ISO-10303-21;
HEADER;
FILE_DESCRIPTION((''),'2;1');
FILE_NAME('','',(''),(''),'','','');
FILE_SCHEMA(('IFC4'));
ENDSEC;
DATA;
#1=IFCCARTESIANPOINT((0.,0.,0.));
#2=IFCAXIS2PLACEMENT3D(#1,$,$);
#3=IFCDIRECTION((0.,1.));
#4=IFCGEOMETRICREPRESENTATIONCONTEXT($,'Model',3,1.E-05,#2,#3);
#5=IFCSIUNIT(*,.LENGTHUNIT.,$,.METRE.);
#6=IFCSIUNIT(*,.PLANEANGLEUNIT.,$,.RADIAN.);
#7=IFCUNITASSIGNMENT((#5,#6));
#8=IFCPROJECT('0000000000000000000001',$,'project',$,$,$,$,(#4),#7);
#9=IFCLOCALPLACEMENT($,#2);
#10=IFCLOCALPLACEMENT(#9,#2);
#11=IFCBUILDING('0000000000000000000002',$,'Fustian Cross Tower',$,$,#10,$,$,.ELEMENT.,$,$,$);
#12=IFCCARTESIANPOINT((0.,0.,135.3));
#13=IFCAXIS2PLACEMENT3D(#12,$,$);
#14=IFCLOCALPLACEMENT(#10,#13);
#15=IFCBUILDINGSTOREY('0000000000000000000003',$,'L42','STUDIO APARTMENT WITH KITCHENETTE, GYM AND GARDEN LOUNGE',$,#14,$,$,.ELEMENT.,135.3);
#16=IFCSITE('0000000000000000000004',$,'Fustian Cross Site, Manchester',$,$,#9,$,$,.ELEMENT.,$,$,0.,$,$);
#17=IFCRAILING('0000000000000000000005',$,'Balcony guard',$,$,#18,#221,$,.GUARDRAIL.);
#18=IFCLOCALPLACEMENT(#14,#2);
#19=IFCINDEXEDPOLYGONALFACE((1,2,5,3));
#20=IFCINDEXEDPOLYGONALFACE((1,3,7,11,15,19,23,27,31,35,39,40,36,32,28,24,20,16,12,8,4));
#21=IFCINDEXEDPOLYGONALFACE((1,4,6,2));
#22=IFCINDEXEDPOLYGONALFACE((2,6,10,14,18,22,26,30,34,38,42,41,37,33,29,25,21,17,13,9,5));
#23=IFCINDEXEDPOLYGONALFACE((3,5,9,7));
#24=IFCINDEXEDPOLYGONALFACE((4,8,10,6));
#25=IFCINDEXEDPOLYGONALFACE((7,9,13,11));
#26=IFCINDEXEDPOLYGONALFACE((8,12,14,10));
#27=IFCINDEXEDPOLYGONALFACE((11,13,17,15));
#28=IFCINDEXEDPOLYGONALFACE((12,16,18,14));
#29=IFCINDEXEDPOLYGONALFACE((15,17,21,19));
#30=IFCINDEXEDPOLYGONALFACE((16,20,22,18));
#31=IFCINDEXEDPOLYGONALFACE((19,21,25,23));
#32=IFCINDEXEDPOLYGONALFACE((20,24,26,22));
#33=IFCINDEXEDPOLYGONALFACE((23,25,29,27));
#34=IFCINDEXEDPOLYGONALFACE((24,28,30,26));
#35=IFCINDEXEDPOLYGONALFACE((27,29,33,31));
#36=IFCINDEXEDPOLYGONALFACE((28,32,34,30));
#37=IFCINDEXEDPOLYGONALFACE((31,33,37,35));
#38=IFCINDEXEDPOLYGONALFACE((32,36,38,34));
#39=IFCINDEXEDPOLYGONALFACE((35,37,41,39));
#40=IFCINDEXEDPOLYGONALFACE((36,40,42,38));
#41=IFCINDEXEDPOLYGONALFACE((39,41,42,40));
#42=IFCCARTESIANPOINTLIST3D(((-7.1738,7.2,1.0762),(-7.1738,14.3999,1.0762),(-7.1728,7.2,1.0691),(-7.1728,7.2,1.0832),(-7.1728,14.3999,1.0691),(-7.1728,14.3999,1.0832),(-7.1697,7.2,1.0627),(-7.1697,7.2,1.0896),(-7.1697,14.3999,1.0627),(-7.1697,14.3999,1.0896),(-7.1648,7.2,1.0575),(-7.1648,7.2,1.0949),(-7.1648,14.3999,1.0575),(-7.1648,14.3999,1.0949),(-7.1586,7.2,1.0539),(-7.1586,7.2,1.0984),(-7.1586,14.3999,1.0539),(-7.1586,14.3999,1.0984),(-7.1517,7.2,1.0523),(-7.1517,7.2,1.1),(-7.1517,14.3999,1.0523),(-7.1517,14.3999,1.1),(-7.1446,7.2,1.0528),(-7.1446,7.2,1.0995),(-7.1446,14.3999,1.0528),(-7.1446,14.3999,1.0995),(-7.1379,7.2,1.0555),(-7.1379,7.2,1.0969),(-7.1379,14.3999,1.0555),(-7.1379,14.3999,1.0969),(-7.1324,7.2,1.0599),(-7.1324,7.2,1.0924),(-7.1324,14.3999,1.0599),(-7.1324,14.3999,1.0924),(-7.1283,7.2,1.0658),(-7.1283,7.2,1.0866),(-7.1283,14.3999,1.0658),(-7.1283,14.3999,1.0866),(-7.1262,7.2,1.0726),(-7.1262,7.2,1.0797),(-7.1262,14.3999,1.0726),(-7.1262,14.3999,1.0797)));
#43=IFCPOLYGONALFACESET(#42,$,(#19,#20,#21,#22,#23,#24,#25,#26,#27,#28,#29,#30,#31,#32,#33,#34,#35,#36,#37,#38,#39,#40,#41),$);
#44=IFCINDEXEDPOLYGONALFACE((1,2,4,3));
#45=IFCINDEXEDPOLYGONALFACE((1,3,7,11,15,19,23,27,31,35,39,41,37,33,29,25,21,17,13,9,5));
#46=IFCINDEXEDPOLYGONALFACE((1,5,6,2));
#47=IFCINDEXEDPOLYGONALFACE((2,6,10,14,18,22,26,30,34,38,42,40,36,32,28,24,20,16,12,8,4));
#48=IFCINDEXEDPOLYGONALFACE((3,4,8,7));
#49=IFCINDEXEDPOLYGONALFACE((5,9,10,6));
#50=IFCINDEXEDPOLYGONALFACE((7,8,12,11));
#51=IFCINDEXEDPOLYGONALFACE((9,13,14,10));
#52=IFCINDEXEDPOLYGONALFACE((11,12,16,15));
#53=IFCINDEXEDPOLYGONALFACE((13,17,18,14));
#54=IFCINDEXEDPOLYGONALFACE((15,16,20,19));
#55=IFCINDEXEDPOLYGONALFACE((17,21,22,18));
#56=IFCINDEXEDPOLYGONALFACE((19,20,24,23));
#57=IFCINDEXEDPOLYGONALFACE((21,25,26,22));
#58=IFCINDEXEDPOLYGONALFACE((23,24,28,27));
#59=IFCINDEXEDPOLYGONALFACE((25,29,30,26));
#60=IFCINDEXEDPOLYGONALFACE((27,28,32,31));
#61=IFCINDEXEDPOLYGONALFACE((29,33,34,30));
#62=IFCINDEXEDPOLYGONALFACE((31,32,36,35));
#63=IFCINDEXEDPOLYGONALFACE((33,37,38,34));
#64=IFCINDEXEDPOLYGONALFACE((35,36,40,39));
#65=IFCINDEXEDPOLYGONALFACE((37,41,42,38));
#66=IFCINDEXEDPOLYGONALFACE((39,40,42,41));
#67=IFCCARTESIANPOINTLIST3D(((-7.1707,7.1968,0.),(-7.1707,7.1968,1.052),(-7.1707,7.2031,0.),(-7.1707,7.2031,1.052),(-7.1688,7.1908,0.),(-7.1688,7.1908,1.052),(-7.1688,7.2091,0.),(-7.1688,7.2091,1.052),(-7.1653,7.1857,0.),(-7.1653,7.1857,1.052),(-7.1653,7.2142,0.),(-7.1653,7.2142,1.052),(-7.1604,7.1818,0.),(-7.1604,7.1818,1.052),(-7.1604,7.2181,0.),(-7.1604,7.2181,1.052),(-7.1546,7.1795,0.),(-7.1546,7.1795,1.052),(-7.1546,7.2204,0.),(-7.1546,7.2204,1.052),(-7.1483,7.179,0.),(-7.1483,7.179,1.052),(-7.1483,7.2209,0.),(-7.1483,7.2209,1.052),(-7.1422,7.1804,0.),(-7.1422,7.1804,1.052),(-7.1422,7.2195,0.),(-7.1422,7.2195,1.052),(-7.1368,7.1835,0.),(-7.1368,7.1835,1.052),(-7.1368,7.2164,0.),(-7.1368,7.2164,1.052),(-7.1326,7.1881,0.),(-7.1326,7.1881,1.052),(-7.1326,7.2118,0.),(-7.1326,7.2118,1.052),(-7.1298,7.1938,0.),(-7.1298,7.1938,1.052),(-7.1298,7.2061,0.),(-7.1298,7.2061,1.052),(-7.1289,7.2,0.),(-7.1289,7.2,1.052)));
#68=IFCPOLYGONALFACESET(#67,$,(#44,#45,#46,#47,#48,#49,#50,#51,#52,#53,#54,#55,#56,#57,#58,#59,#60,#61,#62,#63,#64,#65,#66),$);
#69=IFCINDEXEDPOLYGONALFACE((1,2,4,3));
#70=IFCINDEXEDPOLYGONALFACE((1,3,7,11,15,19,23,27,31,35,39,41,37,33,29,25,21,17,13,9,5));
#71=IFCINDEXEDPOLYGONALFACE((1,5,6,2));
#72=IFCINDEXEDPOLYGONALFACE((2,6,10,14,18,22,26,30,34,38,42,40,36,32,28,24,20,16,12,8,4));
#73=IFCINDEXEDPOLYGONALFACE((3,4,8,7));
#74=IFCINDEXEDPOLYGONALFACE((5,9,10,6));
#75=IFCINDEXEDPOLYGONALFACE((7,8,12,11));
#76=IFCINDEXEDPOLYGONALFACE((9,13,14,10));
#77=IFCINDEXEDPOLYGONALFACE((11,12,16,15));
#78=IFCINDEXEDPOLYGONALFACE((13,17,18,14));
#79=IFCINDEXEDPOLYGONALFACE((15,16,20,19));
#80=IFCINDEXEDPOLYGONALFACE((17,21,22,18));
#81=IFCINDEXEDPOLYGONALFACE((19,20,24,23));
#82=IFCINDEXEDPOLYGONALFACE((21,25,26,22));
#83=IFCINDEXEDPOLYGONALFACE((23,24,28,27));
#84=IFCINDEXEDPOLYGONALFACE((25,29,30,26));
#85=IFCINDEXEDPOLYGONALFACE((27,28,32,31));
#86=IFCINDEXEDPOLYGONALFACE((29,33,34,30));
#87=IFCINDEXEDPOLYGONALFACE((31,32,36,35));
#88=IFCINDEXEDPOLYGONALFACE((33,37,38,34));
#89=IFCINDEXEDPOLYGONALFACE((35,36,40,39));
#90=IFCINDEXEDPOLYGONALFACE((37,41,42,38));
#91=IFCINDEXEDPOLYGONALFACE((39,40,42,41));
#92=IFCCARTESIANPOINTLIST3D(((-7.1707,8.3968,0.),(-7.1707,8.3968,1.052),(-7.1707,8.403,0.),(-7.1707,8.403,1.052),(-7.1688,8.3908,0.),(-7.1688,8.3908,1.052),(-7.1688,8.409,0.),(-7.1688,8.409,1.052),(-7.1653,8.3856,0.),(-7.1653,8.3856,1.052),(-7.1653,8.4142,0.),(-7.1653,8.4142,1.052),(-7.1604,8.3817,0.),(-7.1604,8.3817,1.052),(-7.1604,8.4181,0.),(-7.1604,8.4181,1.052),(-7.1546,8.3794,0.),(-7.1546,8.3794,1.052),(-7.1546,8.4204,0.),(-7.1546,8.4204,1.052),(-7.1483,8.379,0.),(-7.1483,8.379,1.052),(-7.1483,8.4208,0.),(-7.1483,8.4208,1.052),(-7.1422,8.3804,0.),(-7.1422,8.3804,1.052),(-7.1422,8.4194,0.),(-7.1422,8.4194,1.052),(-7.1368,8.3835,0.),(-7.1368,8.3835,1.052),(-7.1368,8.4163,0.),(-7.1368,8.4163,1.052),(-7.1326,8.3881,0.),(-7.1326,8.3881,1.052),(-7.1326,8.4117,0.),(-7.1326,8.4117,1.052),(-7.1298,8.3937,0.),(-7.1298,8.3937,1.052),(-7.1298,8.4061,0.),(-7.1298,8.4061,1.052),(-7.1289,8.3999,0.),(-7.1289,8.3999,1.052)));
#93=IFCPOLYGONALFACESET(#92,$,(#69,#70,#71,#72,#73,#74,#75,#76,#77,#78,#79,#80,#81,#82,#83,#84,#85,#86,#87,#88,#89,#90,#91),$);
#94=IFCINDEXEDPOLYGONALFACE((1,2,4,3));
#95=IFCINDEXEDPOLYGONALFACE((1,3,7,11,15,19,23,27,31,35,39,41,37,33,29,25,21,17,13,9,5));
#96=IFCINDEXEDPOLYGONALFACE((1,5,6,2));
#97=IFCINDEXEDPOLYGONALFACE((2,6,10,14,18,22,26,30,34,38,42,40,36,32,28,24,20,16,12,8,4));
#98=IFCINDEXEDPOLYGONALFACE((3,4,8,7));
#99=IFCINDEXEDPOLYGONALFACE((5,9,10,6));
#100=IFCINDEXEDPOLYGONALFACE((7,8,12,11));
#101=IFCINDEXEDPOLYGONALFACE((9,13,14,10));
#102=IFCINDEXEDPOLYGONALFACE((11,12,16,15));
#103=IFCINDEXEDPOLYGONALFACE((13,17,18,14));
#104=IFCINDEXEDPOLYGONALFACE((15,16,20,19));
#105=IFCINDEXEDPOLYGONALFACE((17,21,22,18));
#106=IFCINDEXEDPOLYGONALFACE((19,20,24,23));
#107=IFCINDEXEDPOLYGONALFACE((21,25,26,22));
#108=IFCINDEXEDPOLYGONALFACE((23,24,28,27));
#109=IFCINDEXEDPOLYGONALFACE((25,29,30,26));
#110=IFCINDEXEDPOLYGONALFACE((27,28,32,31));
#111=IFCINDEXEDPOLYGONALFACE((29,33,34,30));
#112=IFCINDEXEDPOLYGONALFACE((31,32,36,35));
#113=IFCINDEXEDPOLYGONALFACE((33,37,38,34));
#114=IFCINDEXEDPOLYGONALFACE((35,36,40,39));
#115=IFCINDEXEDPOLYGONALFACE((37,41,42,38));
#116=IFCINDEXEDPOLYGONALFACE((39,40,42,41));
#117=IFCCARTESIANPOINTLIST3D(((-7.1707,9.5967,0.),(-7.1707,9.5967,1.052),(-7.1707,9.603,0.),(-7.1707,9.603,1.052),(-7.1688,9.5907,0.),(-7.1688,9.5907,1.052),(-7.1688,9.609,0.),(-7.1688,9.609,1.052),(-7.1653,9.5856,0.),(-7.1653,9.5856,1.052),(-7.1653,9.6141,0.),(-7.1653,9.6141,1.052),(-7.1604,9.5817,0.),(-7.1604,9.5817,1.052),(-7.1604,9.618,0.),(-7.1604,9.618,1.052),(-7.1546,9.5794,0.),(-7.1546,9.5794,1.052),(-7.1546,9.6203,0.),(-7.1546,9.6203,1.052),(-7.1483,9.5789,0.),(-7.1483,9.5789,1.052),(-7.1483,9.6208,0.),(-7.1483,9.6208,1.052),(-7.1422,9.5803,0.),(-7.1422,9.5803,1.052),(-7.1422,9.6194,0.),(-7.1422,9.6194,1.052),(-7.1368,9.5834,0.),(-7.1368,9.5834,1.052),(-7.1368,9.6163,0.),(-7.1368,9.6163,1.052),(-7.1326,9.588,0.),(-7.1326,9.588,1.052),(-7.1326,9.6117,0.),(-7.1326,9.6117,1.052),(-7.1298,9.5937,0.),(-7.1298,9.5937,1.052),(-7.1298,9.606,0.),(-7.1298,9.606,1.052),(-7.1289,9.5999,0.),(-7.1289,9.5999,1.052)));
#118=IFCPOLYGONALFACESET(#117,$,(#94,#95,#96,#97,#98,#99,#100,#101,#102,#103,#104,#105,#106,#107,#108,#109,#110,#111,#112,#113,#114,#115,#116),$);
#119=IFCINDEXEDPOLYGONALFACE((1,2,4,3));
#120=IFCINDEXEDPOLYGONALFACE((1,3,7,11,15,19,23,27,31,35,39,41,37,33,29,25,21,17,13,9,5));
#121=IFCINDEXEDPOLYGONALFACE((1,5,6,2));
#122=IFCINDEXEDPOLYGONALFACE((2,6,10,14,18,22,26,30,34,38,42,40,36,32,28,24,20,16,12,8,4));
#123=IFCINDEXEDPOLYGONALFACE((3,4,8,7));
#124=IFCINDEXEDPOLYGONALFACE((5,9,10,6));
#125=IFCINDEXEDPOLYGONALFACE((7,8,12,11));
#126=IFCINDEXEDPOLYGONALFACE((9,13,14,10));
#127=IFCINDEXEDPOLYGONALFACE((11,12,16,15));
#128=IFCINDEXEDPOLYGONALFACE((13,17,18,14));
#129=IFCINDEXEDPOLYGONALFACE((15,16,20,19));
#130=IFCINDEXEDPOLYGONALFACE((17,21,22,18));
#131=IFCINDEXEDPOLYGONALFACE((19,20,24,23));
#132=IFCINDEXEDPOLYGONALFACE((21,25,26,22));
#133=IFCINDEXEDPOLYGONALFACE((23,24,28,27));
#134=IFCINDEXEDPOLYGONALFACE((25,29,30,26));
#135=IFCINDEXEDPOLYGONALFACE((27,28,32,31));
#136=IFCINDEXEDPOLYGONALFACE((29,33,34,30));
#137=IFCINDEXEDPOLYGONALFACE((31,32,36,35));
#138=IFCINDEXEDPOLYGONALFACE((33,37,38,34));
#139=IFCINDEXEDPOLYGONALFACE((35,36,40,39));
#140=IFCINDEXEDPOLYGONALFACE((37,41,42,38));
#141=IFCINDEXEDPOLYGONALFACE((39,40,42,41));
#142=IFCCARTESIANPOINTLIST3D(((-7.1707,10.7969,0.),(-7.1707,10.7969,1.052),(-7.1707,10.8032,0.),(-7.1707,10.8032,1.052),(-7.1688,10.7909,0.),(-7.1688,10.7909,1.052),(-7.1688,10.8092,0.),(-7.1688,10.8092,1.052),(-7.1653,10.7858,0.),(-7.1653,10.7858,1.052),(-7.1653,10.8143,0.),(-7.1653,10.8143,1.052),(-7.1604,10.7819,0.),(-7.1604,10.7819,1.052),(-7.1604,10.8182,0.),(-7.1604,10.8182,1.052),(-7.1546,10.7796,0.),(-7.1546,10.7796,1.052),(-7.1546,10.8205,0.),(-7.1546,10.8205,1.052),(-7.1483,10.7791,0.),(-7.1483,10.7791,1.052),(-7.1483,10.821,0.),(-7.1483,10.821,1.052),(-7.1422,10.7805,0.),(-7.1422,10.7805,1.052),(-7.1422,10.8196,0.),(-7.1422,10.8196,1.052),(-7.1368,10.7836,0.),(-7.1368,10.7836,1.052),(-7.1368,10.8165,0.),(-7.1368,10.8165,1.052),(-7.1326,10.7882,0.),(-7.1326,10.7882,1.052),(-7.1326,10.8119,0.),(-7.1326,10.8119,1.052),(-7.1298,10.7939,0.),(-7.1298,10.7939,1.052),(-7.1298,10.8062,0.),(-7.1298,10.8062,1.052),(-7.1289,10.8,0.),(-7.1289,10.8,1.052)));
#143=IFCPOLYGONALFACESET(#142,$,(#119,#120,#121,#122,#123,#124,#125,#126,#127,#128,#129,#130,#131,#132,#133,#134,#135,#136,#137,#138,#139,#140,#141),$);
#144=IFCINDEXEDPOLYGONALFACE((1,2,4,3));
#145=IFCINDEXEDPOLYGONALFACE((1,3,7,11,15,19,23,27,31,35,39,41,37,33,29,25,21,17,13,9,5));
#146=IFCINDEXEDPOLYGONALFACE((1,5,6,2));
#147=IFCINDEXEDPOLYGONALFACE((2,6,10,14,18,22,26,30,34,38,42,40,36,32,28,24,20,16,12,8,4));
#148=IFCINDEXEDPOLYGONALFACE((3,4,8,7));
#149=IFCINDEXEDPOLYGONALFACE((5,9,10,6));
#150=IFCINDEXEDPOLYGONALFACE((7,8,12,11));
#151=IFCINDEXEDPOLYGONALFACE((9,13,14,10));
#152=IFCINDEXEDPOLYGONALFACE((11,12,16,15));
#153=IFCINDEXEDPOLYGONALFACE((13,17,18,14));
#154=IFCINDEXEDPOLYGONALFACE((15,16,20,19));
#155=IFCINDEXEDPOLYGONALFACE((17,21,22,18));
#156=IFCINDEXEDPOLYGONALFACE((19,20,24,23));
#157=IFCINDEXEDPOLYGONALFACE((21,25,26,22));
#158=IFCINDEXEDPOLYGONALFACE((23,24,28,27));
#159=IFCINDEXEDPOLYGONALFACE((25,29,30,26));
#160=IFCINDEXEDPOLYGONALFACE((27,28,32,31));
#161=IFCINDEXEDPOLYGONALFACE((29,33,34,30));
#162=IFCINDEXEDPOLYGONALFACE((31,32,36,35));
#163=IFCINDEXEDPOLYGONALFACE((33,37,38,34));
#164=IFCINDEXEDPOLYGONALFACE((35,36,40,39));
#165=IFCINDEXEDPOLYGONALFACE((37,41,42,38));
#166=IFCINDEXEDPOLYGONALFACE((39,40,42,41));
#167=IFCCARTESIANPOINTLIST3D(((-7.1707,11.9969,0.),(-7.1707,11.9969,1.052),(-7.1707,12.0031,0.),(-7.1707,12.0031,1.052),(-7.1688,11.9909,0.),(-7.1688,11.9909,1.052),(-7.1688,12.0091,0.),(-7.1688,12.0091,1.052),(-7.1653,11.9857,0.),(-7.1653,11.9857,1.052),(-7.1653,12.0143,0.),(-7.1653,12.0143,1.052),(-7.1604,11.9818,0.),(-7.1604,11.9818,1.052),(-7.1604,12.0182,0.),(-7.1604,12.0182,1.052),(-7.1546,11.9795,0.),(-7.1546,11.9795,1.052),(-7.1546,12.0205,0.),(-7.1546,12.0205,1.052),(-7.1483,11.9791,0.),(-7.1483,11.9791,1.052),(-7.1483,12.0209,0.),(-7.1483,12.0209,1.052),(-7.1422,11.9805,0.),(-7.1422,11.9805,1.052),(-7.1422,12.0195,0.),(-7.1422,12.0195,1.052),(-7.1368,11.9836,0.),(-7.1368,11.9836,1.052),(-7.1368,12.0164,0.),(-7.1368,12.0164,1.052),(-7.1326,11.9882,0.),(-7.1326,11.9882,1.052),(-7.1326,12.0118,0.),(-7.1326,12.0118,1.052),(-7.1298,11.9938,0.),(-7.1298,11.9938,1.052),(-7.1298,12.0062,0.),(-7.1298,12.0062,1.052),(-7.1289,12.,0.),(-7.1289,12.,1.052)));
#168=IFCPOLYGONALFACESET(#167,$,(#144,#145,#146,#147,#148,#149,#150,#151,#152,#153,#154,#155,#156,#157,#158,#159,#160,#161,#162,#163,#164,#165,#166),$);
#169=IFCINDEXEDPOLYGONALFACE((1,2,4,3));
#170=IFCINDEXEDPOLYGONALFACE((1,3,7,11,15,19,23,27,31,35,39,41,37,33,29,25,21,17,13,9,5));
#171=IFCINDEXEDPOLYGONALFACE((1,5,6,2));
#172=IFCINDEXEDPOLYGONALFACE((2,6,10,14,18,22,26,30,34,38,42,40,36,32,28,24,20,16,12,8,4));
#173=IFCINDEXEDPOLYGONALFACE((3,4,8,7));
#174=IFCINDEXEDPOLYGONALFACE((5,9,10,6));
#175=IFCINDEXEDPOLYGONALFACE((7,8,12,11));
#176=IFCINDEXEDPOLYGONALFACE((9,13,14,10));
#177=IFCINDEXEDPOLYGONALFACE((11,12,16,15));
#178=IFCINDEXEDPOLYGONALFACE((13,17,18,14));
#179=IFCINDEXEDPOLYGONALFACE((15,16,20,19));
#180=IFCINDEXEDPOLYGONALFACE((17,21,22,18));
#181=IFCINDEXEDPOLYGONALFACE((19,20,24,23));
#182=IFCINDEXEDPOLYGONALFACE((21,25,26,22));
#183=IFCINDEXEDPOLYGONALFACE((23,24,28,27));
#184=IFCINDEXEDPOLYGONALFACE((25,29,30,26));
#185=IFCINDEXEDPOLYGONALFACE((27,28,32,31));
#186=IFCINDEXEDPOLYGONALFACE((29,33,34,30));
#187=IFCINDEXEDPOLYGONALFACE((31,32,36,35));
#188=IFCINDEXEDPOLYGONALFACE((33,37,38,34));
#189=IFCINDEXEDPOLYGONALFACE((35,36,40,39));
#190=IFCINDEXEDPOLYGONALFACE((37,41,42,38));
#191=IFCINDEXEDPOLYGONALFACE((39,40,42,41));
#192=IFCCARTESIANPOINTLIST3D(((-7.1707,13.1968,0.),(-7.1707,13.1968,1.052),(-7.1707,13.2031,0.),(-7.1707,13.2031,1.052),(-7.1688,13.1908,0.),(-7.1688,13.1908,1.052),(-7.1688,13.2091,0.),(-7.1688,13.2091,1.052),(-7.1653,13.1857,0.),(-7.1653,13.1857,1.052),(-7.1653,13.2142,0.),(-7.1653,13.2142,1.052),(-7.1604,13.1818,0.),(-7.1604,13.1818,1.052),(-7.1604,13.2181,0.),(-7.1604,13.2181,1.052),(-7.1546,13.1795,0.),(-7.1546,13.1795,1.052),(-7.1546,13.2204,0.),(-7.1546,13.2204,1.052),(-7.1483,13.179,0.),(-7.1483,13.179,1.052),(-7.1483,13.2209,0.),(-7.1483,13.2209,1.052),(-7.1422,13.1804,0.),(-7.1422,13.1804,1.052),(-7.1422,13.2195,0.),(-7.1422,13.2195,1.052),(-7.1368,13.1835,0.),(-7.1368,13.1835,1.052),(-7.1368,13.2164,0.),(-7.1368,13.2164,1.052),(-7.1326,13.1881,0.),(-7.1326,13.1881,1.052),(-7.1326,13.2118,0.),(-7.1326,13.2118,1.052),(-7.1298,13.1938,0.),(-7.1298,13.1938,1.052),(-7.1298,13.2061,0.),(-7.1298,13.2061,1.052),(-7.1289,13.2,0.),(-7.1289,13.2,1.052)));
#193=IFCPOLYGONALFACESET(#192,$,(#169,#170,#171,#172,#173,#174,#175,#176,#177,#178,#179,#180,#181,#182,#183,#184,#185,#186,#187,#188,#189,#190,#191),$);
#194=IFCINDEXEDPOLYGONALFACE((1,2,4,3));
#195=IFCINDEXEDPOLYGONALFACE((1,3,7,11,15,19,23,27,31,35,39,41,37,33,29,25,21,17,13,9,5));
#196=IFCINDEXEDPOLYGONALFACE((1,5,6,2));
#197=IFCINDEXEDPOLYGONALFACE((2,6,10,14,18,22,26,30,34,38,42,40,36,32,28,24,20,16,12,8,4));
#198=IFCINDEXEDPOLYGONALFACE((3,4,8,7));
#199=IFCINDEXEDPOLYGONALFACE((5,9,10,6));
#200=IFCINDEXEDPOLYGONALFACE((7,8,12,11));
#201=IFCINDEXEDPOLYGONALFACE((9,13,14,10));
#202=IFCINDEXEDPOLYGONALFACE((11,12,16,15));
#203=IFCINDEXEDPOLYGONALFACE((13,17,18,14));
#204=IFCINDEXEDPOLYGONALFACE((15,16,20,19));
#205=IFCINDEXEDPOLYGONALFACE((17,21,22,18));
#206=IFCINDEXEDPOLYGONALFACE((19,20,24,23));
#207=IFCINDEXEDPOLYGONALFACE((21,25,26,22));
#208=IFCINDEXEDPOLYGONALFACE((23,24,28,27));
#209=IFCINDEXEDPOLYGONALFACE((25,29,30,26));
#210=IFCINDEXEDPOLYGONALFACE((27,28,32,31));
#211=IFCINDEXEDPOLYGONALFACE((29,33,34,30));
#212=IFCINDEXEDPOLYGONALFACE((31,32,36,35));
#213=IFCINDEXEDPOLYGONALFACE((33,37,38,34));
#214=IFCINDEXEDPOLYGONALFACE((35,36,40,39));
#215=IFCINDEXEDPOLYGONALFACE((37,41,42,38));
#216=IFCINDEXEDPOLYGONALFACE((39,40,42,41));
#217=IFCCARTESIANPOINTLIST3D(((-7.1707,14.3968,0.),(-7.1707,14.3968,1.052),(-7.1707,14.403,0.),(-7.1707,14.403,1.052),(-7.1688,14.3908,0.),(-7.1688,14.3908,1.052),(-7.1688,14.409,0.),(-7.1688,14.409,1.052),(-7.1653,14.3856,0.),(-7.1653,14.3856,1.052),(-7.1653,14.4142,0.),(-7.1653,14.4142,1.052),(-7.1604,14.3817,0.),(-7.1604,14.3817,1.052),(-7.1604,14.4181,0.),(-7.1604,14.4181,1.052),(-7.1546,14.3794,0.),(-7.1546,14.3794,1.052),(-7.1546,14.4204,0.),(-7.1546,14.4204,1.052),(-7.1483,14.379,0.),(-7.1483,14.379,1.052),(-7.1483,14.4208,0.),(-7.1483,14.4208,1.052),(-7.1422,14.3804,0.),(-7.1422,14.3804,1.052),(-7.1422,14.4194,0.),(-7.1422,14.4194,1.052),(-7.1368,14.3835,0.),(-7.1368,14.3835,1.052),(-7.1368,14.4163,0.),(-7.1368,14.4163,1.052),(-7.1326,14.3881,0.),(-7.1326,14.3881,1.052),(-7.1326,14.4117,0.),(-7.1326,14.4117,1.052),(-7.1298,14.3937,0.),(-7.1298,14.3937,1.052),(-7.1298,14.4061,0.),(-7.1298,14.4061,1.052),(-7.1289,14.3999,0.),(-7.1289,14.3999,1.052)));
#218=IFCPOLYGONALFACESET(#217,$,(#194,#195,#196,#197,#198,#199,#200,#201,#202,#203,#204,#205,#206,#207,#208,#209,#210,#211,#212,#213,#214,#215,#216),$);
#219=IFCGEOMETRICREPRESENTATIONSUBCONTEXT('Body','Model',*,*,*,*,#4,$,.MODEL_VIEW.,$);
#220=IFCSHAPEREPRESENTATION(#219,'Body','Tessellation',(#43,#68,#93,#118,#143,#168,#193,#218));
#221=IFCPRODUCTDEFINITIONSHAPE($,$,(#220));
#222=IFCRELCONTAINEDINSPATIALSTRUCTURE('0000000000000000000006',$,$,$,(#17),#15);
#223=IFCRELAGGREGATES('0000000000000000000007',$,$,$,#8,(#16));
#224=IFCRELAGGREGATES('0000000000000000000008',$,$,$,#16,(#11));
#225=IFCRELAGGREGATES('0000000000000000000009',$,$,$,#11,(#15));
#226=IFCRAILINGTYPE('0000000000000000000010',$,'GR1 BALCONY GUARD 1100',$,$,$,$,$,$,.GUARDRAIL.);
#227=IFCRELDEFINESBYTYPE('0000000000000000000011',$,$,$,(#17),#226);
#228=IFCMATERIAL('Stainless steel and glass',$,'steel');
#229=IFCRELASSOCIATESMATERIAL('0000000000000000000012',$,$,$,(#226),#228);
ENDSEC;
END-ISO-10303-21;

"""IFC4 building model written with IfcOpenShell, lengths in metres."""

from ifc_helpers import new_model, si_unit, direction, frame, origin, origin_2d, place, context, subcontext, project, spatial, circle, extrude, material, type_object, element, save


model = new_model("IFC4")

# Units and contexts
model_context = context("Model", 3, precision=1e-05, world=origin(), true_north=direction((0.0, 1.0)))
body_context = subcontext(model_context, "Body", "Model", "MODEL_VIEW")
ifc_project = project(units=[si_unit("LENGTHUNIT", "METRE"), si_unit("PLANEANGLEUNIT", "RADIAN")], contexts=[model_context])

# Site, building, storey
site_placement = place(None, origin())
site = spatial("IfcSite", under=ifc_project, at=site_placement, Name="Fustian Cross Site, Manchester", CompositionType="ELEMENT", RefElevation=0.0)
building_placement = place(site_placement, origin())
building = spatial("IfcBuilding", under=site, at=building_placement, Name="Fustian Cross Tower", CompositionType="ELEMENT")
storey_placement = place(building_placement, frame((0.0, 0.0, 135.3)))
storey = spatial("IfcBuildingStorey", under=building, at=storey_placement, Name="L42", Description="STUDIO APARTMENT WITH KITCHENETTE, GYM AND GARDEN LOUNGE", CompositionType="ELEMENT", Elevation=135.3)

# Railing
ifc_material_1 = material(Name="Stainless steel and glass", Category="steel")
railing_type = type_object("IfcRailingType", Name="GR1 BALCONY GUARD 1100", PredefinedType="GUARDRAIL", material=ifc_material_1)
railing_placement = place(storey_placement, frame((-7.1499, 7.2, 0.0)))
element("IfcRailing", 1, at=railing_placement, inside=storey, type_object=railing_type, Name="Balcony guard", PredefinedType="GUARDRAIL", context=body_context, shape_type="SweptSolid", body=[
    extrude(circle(Radius=0.0239, at=origin_2d()), frame((0.0, 0.0, 1.0762), z_axis=(0.0, 1.0, 0.0), x_axis=(-1.0, 0.0, 0.0)), (0.0, 0.0, 1.0), 7.2),
    extrude(circle(Radius=0.021, at=origin_2d()), origin(), (0.0, 0.0, 1.0), 1.052),
    extrude(circle(Radius=0.021, at=origin_2d()), frame((0.0, 1.2, 0.0)), (0.0, 0.0, 1.0), 1.052),
    extrude(circle(Radius=0.021, at=origin_2d()), frame((0.0, 2.3999, 0.0)), (0.0, 0.0, 1.0), 1.052),
    extrude(circle(Radius=0.021, at=origin_2d()), frame((0.0, 3.6001, 0.0)), (0.0, 0.0, 1.0), 1.052),
    extrude(circle(Radius=0.021, at=origin_2d()), frame((0.0, 4.8, 0.0)), (0.0, 0.0, 1.0), 1.052),
    extrude(circle(Radius=0.021, at=origin_2d()), frame((0.0, 6.0, 0.0)), (0.0, 0.0, 1.0), 1.052),
    extrude(circle(Radius=0.021, at=origin_2d()), frame((0.0, 7.2, 0.0)), (0.0, 0.0, 1.0), 1.052),
])

save(model, "model.ifc")
